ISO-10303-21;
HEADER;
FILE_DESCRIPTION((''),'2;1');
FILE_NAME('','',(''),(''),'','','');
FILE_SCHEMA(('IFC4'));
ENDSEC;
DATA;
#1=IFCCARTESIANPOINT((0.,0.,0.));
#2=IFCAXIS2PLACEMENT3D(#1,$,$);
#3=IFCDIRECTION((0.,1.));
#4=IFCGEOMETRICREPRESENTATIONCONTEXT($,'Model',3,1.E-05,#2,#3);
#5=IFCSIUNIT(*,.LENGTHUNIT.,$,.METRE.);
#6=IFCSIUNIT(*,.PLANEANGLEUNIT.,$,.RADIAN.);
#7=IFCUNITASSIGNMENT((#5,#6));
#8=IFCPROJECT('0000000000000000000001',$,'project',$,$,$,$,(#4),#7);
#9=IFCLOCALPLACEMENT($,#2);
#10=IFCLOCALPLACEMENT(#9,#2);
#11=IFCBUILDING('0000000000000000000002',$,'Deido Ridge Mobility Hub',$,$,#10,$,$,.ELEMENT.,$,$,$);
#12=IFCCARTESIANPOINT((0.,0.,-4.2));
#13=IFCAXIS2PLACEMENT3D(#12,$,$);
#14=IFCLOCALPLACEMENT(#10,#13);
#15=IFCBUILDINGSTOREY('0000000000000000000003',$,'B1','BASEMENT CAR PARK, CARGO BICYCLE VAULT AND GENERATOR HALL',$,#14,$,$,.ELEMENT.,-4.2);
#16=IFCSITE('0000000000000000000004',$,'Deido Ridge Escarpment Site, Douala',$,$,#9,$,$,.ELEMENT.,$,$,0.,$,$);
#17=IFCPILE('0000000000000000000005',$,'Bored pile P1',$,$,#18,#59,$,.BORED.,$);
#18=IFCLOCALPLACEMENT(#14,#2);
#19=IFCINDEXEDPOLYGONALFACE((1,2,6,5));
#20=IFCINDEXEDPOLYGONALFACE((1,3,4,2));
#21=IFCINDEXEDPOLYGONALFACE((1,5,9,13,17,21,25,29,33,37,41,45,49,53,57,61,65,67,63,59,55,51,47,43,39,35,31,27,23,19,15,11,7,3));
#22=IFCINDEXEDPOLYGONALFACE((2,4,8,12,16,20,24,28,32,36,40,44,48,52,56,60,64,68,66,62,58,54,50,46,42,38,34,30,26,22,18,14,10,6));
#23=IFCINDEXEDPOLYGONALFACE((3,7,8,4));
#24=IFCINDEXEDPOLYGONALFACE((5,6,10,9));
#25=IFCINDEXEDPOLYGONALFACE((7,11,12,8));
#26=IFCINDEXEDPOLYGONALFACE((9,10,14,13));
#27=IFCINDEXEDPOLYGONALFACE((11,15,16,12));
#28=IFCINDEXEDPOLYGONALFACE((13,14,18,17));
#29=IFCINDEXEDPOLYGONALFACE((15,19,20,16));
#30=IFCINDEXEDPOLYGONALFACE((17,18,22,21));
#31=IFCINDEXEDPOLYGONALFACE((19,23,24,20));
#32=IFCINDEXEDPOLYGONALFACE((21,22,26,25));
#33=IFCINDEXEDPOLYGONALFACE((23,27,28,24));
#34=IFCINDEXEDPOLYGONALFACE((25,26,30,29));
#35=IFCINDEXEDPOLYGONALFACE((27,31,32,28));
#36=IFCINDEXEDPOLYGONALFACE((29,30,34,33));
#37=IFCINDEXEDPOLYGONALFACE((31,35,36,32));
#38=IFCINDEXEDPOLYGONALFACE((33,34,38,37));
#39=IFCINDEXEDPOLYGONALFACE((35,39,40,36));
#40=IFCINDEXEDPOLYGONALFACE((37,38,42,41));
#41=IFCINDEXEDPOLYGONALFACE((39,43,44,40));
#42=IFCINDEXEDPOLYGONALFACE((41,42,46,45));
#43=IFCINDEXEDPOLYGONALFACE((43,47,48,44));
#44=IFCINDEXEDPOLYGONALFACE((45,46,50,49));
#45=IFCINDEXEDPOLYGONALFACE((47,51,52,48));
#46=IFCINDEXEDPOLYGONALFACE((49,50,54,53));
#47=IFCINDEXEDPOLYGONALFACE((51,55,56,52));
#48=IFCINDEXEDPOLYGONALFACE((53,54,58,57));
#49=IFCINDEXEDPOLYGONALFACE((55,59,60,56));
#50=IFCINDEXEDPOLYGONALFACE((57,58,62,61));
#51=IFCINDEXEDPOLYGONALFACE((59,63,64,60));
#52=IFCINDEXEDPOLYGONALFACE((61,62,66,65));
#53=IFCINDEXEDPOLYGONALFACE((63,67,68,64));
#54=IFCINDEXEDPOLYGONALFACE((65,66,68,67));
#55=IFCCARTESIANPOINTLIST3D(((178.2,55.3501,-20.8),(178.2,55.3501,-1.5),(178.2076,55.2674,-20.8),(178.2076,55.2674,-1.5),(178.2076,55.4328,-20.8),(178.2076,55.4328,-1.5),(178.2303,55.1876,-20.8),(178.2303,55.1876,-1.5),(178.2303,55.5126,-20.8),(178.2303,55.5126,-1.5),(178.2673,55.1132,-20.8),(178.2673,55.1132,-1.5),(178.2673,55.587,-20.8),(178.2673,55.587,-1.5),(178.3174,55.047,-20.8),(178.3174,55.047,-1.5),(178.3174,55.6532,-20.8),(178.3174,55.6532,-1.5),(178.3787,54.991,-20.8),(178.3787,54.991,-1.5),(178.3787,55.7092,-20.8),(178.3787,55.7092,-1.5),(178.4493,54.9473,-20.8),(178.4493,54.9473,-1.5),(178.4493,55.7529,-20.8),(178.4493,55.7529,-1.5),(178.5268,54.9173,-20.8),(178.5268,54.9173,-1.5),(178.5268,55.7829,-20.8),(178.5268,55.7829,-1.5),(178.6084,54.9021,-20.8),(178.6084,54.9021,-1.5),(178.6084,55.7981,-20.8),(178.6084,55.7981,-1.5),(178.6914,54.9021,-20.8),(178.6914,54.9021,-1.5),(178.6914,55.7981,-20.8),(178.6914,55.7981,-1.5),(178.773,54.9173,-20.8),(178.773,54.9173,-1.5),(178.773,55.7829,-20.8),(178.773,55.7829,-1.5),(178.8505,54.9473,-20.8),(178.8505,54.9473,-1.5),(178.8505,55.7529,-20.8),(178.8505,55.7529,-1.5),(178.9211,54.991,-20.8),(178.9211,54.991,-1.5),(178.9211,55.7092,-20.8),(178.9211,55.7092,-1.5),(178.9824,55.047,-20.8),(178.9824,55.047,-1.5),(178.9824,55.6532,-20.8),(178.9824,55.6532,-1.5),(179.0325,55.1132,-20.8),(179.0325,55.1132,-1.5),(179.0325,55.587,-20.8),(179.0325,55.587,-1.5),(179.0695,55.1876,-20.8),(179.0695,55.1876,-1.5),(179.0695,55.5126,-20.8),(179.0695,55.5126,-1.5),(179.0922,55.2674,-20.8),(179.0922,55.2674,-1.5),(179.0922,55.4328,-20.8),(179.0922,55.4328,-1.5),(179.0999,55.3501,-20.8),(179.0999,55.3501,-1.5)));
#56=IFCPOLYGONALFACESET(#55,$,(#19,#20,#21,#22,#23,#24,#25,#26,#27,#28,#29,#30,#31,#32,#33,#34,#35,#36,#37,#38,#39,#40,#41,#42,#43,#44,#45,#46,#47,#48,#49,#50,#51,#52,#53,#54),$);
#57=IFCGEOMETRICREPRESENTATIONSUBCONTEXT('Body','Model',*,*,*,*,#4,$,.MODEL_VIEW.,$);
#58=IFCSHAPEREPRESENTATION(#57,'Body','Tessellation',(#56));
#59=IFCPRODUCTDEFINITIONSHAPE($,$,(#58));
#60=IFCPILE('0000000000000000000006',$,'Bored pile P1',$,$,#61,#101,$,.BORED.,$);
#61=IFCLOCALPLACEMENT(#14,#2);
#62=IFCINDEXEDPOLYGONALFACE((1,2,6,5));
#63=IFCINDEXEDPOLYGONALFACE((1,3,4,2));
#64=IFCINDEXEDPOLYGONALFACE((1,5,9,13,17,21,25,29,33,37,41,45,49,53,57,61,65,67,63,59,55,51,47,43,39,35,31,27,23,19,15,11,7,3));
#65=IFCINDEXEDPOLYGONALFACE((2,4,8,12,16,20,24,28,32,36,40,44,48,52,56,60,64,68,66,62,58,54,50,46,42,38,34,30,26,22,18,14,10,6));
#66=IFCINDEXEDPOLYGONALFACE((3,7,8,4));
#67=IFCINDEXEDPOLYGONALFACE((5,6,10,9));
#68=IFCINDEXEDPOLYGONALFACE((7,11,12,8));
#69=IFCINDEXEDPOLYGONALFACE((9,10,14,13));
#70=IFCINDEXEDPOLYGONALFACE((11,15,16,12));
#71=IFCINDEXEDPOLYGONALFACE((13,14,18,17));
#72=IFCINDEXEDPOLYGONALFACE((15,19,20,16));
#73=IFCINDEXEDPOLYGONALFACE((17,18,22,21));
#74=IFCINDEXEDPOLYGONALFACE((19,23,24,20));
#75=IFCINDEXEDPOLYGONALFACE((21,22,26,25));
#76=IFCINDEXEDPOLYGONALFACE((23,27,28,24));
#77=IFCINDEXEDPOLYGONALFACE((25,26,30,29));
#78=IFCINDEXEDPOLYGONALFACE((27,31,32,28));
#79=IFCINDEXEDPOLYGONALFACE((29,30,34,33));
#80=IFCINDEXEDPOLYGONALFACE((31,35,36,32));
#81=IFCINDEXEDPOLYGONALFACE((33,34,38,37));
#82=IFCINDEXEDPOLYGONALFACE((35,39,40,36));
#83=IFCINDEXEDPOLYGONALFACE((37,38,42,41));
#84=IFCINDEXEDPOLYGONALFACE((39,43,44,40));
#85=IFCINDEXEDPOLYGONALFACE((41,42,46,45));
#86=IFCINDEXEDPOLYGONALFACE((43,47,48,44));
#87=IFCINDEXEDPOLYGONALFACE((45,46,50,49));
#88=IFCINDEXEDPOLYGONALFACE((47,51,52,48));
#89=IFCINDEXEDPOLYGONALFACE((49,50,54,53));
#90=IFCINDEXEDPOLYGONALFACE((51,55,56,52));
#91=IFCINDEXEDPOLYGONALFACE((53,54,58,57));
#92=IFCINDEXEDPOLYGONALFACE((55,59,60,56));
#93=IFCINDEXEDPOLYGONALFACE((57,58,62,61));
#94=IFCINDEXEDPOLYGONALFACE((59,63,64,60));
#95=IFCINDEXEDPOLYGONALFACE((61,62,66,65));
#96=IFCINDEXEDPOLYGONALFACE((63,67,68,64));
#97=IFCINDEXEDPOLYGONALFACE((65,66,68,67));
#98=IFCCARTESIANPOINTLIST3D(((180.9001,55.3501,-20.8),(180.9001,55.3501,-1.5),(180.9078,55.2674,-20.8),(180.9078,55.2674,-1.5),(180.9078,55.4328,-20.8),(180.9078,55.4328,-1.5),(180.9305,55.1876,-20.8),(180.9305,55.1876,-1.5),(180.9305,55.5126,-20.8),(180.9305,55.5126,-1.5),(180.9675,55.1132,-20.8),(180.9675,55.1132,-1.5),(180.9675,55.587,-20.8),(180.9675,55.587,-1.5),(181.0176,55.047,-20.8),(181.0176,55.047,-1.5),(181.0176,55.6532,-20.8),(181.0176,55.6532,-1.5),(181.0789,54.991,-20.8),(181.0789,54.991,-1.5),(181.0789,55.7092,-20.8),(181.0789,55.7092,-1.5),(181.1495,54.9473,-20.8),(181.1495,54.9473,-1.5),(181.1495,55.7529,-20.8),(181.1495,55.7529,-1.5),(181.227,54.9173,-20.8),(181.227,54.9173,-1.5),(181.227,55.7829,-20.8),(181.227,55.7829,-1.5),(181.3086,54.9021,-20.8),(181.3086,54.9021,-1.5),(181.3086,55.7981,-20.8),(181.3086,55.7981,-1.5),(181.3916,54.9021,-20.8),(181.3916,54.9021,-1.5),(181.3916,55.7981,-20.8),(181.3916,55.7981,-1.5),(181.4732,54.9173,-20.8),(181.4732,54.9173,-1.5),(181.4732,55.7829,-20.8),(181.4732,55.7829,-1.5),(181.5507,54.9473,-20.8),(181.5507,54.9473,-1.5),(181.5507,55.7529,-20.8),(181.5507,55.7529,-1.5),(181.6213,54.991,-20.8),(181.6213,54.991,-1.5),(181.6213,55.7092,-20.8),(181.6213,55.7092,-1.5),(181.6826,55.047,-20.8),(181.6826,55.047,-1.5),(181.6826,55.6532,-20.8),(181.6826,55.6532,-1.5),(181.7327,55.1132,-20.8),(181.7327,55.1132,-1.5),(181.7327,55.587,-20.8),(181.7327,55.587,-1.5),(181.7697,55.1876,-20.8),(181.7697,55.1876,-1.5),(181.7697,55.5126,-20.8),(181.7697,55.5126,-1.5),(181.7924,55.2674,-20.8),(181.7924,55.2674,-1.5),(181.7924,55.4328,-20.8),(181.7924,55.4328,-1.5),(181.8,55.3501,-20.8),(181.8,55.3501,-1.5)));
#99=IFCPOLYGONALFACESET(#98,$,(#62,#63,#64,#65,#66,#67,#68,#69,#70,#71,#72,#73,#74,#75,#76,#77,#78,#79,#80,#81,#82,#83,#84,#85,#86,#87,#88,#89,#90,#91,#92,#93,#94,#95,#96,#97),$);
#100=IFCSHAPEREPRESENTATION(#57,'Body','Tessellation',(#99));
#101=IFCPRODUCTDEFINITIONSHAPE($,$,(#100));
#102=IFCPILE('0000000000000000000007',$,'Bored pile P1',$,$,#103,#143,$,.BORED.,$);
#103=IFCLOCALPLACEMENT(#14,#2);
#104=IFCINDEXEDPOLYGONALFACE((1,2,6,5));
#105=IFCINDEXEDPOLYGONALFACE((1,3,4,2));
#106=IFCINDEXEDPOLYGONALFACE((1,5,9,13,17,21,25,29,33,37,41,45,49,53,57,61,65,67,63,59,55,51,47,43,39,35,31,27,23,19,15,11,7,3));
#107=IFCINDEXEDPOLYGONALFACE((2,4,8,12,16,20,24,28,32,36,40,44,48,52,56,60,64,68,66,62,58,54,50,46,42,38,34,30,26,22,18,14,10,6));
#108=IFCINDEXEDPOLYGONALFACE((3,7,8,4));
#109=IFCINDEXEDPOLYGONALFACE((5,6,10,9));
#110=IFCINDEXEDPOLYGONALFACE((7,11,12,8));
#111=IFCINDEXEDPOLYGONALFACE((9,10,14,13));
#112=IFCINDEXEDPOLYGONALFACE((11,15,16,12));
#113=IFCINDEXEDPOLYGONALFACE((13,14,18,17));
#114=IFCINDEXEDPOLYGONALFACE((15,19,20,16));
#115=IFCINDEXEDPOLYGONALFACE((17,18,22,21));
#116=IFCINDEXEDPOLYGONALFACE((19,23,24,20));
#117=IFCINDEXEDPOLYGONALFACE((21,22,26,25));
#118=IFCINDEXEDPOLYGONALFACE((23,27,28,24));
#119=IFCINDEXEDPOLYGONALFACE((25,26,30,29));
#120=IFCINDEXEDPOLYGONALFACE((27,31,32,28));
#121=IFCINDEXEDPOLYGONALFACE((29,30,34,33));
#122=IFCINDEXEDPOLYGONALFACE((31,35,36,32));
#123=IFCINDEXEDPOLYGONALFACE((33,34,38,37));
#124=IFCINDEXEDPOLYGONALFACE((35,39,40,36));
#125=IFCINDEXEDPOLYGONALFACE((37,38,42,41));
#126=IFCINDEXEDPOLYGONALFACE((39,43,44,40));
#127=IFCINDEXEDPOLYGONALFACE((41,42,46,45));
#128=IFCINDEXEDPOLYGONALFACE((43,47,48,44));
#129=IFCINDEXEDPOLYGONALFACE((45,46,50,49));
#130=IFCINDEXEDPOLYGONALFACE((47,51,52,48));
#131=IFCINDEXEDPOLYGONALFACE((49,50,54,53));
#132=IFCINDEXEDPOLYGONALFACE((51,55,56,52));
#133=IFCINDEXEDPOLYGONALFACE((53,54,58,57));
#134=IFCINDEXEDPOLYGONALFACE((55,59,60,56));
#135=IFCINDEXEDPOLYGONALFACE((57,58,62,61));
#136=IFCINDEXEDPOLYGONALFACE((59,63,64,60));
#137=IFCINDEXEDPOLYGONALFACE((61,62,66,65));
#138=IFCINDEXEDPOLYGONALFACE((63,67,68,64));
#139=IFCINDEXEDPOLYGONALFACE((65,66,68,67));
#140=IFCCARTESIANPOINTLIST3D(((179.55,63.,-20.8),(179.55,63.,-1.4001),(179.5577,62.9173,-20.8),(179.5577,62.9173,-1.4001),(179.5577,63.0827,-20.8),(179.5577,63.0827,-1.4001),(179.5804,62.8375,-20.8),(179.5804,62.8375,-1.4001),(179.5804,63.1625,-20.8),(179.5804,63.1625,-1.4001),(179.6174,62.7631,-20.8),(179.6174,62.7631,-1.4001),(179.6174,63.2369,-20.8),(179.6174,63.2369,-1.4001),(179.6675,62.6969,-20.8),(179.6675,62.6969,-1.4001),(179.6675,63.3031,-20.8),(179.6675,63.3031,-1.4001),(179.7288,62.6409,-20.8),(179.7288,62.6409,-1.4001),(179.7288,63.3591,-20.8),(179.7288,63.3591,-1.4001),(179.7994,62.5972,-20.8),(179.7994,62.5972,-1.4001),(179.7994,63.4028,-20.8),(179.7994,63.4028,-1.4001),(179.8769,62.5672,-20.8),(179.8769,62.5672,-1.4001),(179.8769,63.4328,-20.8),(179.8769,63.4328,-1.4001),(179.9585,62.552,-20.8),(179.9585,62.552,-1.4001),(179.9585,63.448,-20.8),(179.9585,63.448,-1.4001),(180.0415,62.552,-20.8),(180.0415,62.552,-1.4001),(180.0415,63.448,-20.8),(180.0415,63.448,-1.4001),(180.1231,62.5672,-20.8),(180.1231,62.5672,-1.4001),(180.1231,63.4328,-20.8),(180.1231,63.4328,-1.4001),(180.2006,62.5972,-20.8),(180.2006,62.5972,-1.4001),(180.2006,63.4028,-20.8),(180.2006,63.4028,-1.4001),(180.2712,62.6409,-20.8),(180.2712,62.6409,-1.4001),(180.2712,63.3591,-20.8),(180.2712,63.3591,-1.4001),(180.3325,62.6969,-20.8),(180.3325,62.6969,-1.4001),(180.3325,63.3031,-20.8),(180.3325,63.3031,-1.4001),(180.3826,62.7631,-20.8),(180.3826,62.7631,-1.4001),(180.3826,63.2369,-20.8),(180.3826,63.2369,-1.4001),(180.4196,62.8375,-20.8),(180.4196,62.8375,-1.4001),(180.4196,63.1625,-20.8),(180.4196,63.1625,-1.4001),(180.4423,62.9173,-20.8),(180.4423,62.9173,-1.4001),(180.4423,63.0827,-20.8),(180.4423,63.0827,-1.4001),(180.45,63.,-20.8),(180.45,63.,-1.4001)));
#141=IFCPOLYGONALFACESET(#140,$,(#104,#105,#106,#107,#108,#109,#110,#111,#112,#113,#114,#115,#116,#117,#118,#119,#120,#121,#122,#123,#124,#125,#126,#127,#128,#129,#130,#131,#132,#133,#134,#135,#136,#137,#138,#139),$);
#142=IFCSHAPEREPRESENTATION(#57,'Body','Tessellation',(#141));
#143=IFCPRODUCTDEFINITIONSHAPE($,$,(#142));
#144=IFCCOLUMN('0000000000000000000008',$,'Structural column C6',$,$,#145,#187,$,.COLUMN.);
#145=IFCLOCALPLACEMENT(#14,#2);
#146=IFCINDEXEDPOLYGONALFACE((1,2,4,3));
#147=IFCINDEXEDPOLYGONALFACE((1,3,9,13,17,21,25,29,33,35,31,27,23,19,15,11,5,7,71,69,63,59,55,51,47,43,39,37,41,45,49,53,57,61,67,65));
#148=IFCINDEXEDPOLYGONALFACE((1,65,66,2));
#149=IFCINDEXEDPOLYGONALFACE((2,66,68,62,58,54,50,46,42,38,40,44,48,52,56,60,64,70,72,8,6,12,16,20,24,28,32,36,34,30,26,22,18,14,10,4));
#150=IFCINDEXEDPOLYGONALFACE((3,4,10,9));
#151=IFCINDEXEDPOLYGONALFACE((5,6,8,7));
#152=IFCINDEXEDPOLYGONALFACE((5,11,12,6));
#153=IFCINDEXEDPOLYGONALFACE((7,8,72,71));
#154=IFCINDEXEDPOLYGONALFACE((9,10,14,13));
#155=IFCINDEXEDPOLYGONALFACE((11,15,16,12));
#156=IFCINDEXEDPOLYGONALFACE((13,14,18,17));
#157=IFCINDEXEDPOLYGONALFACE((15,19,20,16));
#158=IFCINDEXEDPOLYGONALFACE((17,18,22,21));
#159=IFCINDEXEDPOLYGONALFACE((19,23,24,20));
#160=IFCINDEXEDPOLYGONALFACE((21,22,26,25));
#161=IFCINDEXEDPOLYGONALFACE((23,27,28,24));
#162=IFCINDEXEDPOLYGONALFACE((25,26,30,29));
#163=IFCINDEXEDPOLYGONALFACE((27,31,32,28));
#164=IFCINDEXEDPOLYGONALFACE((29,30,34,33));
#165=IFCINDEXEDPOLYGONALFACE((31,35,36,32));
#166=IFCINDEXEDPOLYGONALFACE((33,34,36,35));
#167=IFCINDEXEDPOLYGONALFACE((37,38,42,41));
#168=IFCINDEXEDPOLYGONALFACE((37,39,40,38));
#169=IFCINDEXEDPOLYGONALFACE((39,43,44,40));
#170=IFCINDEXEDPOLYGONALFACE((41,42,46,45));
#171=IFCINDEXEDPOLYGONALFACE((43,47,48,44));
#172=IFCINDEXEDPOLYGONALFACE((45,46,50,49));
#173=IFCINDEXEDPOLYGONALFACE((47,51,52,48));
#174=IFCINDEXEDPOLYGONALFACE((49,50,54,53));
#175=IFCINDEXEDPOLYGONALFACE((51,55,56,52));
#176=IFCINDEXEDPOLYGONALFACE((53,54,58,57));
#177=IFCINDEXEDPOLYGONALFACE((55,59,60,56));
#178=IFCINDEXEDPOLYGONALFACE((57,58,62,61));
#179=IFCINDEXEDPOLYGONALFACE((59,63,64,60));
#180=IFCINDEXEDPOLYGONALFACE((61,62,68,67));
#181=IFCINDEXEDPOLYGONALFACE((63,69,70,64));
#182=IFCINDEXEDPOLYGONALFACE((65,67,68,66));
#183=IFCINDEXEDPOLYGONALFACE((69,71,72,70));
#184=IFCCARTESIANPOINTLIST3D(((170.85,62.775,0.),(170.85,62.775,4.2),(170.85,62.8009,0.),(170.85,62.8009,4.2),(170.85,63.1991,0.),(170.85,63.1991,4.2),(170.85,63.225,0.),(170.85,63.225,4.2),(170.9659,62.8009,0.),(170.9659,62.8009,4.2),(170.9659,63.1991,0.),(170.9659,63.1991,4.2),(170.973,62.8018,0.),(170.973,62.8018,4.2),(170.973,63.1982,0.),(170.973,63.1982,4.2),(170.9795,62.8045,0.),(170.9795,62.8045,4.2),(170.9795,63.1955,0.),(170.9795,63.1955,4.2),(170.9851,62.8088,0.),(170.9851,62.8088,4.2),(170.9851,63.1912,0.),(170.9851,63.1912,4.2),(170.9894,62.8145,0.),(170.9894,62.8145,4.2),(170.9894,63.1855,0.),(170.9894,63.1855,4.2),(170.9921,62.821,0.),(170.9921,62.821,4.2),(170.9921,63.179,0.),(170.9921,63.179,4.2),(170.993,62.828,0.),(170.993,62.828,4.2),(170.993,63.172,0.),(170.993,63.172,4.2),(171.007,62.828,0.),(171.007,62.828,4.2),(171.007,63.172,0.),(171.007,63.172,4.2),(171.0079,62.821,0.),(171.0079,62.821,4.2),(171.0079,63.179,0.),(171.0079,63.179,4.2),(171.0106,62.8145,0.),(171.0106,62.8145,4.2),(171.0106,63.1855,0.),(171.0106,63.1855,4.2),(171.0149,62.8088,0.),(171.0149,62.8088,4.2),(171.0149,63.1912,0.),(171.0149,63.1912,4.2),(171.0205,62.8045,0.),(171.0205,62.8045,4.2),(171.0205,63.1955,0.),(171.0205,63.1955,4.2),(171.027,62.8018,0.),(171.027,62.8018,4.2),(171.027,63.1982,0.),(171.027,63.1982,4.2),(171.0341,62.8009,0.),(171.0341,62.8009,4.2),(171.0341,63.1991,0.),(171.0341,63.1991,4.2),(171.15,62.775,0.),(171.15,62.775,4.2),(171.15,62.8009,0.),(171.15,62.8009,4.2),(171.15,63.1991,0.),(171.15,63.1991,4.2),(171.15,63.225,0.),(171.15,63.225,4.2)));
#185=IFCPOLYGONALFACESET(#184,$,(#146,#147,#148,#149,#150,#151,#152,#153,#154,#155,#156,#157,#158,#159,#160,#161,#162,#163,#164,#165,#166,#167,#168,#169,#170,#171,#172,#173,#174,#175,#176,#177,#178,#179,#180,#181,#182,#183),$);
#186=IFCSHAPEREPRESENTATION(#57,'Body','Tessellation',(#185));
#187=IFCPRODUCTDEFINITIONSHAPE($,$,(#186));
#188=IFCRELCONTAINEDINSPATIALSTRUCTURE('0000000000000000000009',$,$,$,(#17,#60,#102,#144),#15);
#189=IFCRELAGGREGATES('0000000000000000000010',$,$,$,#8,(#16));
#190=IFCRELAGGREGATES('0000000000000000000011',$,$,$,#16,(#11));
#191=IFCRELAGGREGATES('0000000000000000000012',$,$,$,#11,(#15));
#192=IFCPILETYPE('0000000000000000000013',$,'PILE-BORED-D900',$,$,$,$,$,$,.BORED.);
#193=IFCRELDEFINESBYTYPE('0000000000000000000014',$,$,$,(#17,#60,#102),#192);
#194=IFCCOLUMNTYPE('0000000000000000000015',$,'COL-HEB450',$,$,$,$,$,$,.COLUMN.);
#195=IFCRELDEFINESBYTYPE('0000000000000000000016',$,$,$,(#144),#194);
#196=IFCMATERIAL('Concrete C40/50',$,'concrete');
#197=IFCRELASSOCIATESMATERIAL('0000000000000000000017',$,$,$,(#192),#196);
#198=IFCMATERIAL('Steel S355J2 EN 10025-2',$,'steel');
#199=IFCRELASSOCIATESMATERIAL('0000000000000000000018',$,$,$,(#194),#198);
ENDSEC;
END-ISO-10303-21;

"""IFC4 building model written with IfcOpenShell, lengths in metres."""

from ifc_helpers import new_model, si_unit, direction, frame, origin, origin_2d, place, context, subcontext, project, spatial, circle, i_section, extrude, material, material_profile, profile_set, type_object, element, save


model = new_model("IFC4")

# Units and contexts
model_context = context("Model", 3, precision=1e-05, world=origin(), true_north=direction((0.0, 1.0)))
body_context = subcontext(model_context, "Body", "Model", "MODEL_VIEW")
ifc_project = project(units=[si_unit("LENGTHUNIT", "METRE"), si_unit("PLANEANGLEUNIT", "RADIAN")], contexts=[model_context])

# Site, building, storey
site_placement = place(None, origin())
site = spatial("IfcSite", under=ifc_project, at=site_placement, Name="Deido Ridge Escarpment Site, Douala", CompositionType="ELEMENT", RefElevation=0.0)
building_placement = place(site_placement, origin())
building = spatial("IfcBuilding", under=site, at=building_placement, Name="Deido Ridge Mobility Hub", CompositionType="ELEMENT")
storey_placement = place(building_placement, frame((0.0, 0.0, -4.2)))
storey = spatial("IfcBuildingStorey", under=building, at=storey_placement, Name="B1", Description="BASEMENT CAR PARK, CARGO BICYCLE VAULT AND GENERATOR HALL", CompositionType="ELEMENT", Elevation=-4.2)

# Shared definitions
ifc_material_1 = material(Name="Concrete C40/50", Category="concrete")

# Piles
ifc_material_profile_1 = material_profile(ifc_material_1, circle(Radius=0.45, at=origin_2d()), Name="BORED PILE D900")
ifc_profile_set_1 = profile_set([ifc_material_profile_1], Name="Concrete C40/50")
pile_type_1 = type_object("IfcPileType", Name="PILE-BORED-D900", PredefinedType="BORED", material=ifc_profile_set_1)
for number, where, z_axis, x_axis, name in (
    (1, (178.6499, 55.3501, -1.5), (0.0, 0.0, -1.0), (1.0, 0.0, 0.0), "Bored pile P1"),
    (2, (181.3501, 55.3501, -1.5), (0.0, 0.0, -1.0), (1.0, 0.0, 0.0), "Bored pile P1"),
):
    element("IfcPile", number, at=place(storey_placement, frame(where, z_axis=z_axis, x_axis=x_axis)), inside=storey, type_object=pile_type_1, Name=name, PredefinedType="BORED", context=body_context, shape_type="SweptSolid", body=[
        extrude(circle(Radius=0.45, at=origin_2d()), origin(), (0.0, 0.0, 1.0), 19.3),
    ])
pile_1_placement = place(storey_placement, frame((180.0, 63.0, -1.4001), z_axis=(0.0, 0.0, -1.0), x_axis=(1.0, 0.0, 0.0)))
element("IfcPile", 3, at=pile_1_placement, inside=storey, type_object=pile_type_1, Name="Bored pile P1", PredefinedType="BORED", context=body_context, shape_type="SweptSolid", body=[
    extrude(circle(Radius=0.45, at=origin_2d()), origin(), (0.0, 0.0, 1.0), 19.3999),
])

# Column
ifc_material_2 = material(Name="Steel S355J2 EN 10025-2", Category="steel")
ifc_material_profile_2 = material_profile(ifc_material_2, i_section(OverallWidth=0.3, OverallDepth=0.45, WebThickness=0.0139, FlangeThickness=0.0259, FilletRadius=0.0271, at=origin_2d()), Name="HEB 450")
ifc_profile_set_2 = profile_set([ifc_material_profile_2], Name="Steel S355J2 EN 10025-2")
column_type_1 = type_object("IfcColumnType", Name="COL-HEB450", PredefinedType="COLUMN", material=ifc_profile_set_2)
for number, where, z_axis, x_axis, name in (
    (4, (171.0, 63.0, 0.0), (0.0, 0.0, 1.0), (1.0, 0.0, 0.0), "Structural column C6"),
):
    element("IfcColumn", number, at=place(storey_placement, frame(where, z_axis=z_axis, x_axis=x_axis)), inside=storey, type_object=column_type_1, Name=name, PredefinedType="COLUMN", context=body_context, shape_type="SweptSolid", body=[
        extrude(i_section(OverallWidth=0.3, OverallDepth=0.45, WebThickness=0.0139, FlangeThickness=0.0259, FilletRadius=0.0271, at=origin_2d()), origin(), (0.0, 0.0, 1.0), 4.2),
    ])

save(model, "model.ifc")
